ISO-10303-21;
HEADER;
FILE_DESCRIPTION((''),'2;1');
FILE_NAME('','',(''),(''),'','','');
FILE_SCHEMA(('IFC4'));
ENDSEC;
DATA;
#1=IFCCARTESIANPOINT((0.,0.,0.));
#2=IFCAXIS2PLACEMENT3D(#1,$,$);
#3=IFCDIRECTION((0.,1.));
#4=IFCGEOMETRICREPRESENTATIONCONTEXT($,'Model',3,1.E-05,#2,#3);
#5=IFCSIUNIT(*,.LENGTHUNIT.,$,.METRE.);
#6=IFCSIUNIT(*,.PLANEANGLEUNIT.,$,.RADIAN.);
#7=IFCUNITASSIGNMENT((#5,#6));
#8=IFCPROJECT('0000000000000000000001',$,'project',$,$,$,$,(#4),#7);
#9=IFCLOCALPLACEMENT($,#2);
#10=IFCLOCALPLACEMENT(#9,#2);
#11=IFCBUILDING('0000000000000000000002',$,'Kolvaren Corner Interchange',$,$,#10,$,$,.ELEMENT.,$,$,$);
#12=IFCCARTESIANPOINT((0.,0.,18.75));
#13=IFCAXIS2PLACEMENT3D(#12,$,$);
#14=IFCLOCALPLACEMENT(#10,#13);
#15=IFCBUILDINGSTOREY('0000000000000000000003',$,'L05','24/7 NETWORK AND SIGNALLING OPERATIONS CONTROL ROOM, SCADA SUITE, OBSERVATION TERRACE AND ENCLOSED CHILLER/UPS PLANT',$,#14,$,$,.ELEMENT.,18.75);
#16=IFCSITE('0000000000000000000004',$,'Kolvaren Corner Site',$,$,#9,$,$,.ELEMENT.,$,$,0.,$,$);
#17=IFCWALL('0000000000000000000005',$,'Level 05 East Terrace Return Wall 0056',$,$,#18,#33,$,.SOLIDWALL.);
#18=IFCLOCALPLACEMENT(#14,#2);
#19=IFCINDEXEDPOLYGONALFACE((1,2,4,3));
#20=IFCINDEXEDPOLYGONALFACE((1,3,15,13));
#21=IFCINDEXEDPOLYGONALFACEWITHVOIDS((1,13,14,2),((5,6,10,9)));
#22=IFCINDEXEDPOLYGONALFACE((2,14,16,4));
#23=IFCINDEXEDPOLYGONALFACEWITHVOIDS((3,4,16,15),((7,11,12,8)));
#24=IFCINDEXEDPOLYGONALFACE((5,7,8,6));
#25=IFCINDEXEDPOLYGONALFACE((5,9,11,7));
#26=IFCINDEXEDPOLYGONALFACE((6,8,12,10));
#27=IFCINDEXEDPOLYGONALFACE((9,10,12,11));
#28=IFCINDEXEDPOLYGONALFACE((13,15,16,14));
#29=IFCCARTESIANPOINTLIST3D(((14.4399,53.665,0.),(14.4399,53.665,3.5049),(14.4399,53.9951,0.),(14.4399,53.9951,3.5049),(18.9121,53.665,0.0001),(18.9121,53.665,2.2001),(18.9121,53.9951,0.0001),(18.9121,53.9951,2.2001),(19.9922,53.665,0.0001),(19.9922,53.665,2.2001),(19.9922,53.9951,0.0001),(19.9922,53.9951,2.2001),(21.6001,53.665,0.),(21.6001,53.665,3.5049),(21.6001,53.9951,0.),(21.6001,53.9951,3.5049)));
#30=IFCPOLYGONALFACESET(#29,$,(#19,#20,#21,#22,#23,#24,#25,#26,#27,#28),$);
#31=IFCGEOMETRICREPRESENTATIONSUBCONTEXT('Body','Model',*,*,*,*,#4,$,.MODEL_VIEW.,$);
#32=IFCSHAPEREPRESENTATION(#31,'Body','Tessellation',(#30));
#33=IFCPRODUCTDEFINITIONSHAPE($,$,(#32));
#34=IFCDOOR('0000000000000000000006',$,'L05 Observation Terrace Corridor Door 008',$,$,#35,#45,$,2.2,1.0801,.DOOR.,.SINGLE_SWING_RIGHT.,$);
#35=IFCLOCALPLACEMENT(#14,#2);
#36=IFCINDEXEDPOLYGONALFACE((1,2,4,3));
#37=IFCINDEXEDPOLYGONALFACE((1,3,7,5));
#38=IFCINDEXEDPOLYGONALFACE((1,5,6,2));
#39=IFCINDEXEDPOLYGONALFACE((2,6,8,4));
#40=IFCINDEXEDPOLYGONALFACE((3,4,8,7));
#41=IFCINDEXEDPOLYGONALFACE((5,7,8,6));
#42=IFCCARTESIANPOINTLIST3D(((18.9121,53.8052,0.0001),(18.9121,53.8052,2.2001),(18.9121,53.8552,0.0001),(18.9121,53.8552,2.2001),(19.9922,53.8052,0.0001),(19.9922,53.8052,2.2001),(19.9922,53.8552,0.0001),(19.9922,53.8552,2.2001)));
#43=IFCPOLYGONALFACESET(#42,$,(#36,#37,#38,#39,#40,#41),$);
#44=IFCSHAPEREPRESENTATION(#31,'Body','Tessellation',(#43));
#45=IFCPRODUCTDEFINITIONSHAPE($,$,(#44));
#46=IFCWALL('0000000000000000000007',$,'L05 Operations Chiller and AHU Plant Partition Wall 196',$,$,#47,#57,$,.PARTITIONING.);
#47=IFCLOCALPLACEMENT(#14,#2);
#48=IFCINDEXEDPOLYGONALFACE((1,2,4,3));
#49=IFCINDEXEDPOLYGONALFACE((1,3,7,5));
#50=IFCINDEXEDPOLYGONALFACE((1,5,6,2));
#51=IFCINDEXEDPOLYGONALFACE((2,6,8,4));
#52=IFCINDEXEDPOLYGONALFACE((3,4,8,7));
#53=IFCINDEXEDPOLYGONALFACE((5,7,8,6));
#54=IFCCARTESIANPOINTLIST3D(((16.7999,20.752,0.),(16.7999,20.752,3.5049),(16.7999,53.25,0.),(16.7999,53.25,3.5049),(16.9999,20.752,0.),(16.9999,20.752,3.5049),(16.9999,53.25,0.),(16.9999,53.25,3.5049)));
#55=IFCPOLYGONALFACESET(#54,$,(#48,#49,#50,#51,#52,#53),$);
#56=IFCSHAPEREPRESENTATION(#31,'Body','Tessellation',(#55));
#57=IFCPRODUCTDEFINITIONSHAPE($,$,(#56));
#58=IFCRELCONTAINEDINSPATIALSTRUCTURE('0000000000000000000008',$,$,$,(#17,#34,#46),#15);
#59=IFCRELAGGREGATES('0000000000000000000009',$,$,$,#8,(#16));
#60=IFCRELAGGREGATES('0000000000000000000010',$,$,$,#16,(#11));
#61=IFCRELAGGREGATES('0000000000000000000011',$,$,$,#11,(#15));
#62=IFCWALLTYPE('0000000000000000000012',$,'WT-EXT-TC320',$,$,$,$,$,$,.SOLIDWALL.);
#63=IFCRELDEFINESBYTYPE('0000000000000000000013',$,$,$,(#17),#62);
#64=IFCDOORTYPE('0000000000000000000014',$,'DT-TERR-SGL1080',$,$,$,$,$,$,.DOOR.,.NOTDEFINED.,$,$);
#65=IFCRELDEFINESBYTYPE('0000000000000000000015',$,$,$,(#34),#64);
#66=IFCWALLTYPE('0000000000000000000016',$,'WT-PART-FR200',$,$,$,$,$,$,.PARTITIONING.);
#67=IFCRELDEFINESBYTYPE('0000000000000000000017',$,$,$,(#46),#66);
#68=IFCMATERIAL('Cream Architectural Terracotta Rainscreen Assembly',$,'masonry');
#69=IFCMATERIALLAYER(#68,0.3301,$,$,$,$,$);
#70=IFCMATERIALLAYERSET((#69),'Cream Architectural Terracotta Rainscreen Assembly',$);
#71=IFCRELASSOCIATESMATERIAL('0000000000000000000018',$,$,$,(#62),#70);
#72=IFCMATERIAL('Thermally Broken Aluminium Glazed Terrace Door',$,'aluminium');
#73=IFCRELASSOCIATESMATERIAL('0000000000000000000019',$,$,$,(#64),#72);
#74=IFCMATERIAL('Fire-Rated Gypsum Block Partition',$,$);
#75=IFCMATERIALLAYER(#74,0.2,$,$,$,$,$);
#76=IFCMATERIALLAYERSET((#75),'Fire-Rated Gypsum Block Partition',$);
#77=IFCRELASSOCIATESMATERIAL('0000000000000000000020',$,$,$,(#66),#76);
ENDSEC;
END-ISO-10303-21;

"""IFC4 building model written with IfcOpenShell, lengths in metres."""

from ifc_helpers import new_model, si_unit, direction, frame, frame_2d, origin, place, context, subcontext, project, spatial, rectangle, extrude, material, layer, layer_set, type_object, element, fill, save


model = new_model("IFC4")

# Units and contexts
model_context = context("Model", 3, precision=1e-05, world=origin(), true_north=direction((0.0, 1.0)))
body_context = subcontext(model_context, "Body", "Model", "MODEL_VIEW")
ifc_project = project(units=[si_unit("LENGTHUNIT", "METRE"), si_unit("PLANEANGLEUNIT", "RADIAN")], contexts=[model_context])

# Site, building, storey
site_placement = place(None, origin())
site = spatial("IfcSite", under=ifc_project, at=site_placement, Name="Kolvaren Corner Site", CompositionType="ELEMENT", RefElevation=0.0)
building_placement = place(site_placement, origin())
building = spatial("IfcBuilding", under=site, at=building_placement, Name="Kolvaren Corner Interchange", CompositionType="ELEMENT")
storey_placement = place(building_placement, frame((0.0, 0.0, 18.75)))
storey = spatial("IfcBuildingStorey", under=building, at=storey_placement, Name="L05", Description="24/7 NETWORK AND SIGNALLING OPERATIONS CONTROL ROOM, SCADA SUITE, OBSERVATION TERRACE AND ENCLOSED CHILLER/UPS PLANT", CompositionType="ELEMENT", Elevation=18.75)

# Wall, opening, door
ifc_material_1 = material(Name="Cream Architectural Terracotta Rainscreen Assembly", Category="masonry")
ifc_layer_1 = layer(ifc_material_1, 0.3301)
ifc_layer_set_1 = layer_set([ifc_layer_1], Name="Cream Architectural Terracotta Rainscreen Assembly")
wall_type_1 = type_object("IfcWallType", Name="WT-EXT-TC320", PredefinedType="SOLIDWALL", material=ifc_layer_set_1)
wall_1_placement = place(storey_placement, frame((21.6001, 53.8301, 0.0), z_axis=(0.0, 0.0, 1.0), x_axis=(-1.0, 0.0, 0.0)))
wall_1 = element("IfcWall", 1, at=wall_1_placement, inside=storey, type_object=wall_type_1, Name="Level 05 East Terrace Return Wall 0056", PredefinedType="SOLIDWALL", context=body_context, shape_type="SweptSolid", body=[
    extrude(rectangle(XDim=7.1602, YDim=0.3301, at=frame_2d((3.5801, 0.0))), origin(), (0.0, 0.0, 1.0), 3.5049),
])
opening_1_placement = place(wall_1_placement, frame((1.6079, 0.0, 0.0)))
opening_1 = element("IfcOpeningElement", 2, at=opening_1_placement, cuts=wall_1, PredefinedType="OPENING", context=body_context, shape_type="SweptSolid", body=[
    extrude(rectangle(XDim=1.0801, YDim=2.2, at=frame_2d((0.54, 1.1001))), frame((0.0, 0.175, 0.0), z_axis=(0.0, -1.0, 0.0), x_axis=(1.0, 0.0, 0.0)), (0.0, 0.0, 1.0), 0.3501),
])
ifc_material_2 = material(Name="Thermally Broken Aluminium Glazed Terrace Door", Category="aluminium")
door_type_1 = type_object("IfcDoorType", Name="DT-TERR-SGL1080", OperationType="NOTDEFINED", PredefinedType="DOOR", material=ifc_material_2)
door_1_placement = place(opening_1_placement, origin())
door_1 = element("IfcDoor", 3, at=door_1_placement, inside=storey, type_object=door_type_1, Name="L05 Observation Terrace Corridor Door 008", OperationType="SINGLE_SWING_RIGHT", OverallHeight=2.2, OverallWidth=1.0801, PredefinedType="DOOR", context=body_context, shape_type="SweptSolid", body=[
    extrude(rectangle(XDim=1.0801, YDim=2.2, at=frame_2d((0.54, 1.1001))), frame((0.0, 0.0249, 0.0), z_axis=(0.0, -1.0, 0.0), x_axis=(1.0, 0.0, 0.0)), (0.0, 0.0, 1.0), 0.05),
])
fill(opening_1, door_1)

# Wall
ifc_material_3 = material(Name="Fire-Rated Gypsum Block Partition")
ifc_layer_2 = layer(ifc_material_3, 0.2)
ifc_layer_set_2 = layer_set([ifc_layer_2], Name="Fire-Rated Gypsum Block Partition")
wall_type_2 = type_object("IfcWallType", Name="WT-PART-FR200", PredefinedType="PARTITIONING", material=ifc_layer_set_2)
wall_2_placement = place(storey_placement, frame((16.8999, 53.25, 0.0), z_axis=(0.0, 0.0, 1.0), x_axis=(0.0, -1.0, 0.0)))
element("IfcWall", 4, at=wall_2_placement, inside=storey, type_object=wall_type_2, Name="L05 Operations Chiller and AHU Plant Partition Wall 196", PredefinedType="PARTITIONING", context=body_context, shape_type="SweptSolid", body=[
    extrude(rectangle(XDim=32.498, YDim=0.2, at=frame_2d((16.249, 0.0))), origin(), (0.0, 0.0, 1.0), 3.5049),
])

save(model, "model.ifc")
